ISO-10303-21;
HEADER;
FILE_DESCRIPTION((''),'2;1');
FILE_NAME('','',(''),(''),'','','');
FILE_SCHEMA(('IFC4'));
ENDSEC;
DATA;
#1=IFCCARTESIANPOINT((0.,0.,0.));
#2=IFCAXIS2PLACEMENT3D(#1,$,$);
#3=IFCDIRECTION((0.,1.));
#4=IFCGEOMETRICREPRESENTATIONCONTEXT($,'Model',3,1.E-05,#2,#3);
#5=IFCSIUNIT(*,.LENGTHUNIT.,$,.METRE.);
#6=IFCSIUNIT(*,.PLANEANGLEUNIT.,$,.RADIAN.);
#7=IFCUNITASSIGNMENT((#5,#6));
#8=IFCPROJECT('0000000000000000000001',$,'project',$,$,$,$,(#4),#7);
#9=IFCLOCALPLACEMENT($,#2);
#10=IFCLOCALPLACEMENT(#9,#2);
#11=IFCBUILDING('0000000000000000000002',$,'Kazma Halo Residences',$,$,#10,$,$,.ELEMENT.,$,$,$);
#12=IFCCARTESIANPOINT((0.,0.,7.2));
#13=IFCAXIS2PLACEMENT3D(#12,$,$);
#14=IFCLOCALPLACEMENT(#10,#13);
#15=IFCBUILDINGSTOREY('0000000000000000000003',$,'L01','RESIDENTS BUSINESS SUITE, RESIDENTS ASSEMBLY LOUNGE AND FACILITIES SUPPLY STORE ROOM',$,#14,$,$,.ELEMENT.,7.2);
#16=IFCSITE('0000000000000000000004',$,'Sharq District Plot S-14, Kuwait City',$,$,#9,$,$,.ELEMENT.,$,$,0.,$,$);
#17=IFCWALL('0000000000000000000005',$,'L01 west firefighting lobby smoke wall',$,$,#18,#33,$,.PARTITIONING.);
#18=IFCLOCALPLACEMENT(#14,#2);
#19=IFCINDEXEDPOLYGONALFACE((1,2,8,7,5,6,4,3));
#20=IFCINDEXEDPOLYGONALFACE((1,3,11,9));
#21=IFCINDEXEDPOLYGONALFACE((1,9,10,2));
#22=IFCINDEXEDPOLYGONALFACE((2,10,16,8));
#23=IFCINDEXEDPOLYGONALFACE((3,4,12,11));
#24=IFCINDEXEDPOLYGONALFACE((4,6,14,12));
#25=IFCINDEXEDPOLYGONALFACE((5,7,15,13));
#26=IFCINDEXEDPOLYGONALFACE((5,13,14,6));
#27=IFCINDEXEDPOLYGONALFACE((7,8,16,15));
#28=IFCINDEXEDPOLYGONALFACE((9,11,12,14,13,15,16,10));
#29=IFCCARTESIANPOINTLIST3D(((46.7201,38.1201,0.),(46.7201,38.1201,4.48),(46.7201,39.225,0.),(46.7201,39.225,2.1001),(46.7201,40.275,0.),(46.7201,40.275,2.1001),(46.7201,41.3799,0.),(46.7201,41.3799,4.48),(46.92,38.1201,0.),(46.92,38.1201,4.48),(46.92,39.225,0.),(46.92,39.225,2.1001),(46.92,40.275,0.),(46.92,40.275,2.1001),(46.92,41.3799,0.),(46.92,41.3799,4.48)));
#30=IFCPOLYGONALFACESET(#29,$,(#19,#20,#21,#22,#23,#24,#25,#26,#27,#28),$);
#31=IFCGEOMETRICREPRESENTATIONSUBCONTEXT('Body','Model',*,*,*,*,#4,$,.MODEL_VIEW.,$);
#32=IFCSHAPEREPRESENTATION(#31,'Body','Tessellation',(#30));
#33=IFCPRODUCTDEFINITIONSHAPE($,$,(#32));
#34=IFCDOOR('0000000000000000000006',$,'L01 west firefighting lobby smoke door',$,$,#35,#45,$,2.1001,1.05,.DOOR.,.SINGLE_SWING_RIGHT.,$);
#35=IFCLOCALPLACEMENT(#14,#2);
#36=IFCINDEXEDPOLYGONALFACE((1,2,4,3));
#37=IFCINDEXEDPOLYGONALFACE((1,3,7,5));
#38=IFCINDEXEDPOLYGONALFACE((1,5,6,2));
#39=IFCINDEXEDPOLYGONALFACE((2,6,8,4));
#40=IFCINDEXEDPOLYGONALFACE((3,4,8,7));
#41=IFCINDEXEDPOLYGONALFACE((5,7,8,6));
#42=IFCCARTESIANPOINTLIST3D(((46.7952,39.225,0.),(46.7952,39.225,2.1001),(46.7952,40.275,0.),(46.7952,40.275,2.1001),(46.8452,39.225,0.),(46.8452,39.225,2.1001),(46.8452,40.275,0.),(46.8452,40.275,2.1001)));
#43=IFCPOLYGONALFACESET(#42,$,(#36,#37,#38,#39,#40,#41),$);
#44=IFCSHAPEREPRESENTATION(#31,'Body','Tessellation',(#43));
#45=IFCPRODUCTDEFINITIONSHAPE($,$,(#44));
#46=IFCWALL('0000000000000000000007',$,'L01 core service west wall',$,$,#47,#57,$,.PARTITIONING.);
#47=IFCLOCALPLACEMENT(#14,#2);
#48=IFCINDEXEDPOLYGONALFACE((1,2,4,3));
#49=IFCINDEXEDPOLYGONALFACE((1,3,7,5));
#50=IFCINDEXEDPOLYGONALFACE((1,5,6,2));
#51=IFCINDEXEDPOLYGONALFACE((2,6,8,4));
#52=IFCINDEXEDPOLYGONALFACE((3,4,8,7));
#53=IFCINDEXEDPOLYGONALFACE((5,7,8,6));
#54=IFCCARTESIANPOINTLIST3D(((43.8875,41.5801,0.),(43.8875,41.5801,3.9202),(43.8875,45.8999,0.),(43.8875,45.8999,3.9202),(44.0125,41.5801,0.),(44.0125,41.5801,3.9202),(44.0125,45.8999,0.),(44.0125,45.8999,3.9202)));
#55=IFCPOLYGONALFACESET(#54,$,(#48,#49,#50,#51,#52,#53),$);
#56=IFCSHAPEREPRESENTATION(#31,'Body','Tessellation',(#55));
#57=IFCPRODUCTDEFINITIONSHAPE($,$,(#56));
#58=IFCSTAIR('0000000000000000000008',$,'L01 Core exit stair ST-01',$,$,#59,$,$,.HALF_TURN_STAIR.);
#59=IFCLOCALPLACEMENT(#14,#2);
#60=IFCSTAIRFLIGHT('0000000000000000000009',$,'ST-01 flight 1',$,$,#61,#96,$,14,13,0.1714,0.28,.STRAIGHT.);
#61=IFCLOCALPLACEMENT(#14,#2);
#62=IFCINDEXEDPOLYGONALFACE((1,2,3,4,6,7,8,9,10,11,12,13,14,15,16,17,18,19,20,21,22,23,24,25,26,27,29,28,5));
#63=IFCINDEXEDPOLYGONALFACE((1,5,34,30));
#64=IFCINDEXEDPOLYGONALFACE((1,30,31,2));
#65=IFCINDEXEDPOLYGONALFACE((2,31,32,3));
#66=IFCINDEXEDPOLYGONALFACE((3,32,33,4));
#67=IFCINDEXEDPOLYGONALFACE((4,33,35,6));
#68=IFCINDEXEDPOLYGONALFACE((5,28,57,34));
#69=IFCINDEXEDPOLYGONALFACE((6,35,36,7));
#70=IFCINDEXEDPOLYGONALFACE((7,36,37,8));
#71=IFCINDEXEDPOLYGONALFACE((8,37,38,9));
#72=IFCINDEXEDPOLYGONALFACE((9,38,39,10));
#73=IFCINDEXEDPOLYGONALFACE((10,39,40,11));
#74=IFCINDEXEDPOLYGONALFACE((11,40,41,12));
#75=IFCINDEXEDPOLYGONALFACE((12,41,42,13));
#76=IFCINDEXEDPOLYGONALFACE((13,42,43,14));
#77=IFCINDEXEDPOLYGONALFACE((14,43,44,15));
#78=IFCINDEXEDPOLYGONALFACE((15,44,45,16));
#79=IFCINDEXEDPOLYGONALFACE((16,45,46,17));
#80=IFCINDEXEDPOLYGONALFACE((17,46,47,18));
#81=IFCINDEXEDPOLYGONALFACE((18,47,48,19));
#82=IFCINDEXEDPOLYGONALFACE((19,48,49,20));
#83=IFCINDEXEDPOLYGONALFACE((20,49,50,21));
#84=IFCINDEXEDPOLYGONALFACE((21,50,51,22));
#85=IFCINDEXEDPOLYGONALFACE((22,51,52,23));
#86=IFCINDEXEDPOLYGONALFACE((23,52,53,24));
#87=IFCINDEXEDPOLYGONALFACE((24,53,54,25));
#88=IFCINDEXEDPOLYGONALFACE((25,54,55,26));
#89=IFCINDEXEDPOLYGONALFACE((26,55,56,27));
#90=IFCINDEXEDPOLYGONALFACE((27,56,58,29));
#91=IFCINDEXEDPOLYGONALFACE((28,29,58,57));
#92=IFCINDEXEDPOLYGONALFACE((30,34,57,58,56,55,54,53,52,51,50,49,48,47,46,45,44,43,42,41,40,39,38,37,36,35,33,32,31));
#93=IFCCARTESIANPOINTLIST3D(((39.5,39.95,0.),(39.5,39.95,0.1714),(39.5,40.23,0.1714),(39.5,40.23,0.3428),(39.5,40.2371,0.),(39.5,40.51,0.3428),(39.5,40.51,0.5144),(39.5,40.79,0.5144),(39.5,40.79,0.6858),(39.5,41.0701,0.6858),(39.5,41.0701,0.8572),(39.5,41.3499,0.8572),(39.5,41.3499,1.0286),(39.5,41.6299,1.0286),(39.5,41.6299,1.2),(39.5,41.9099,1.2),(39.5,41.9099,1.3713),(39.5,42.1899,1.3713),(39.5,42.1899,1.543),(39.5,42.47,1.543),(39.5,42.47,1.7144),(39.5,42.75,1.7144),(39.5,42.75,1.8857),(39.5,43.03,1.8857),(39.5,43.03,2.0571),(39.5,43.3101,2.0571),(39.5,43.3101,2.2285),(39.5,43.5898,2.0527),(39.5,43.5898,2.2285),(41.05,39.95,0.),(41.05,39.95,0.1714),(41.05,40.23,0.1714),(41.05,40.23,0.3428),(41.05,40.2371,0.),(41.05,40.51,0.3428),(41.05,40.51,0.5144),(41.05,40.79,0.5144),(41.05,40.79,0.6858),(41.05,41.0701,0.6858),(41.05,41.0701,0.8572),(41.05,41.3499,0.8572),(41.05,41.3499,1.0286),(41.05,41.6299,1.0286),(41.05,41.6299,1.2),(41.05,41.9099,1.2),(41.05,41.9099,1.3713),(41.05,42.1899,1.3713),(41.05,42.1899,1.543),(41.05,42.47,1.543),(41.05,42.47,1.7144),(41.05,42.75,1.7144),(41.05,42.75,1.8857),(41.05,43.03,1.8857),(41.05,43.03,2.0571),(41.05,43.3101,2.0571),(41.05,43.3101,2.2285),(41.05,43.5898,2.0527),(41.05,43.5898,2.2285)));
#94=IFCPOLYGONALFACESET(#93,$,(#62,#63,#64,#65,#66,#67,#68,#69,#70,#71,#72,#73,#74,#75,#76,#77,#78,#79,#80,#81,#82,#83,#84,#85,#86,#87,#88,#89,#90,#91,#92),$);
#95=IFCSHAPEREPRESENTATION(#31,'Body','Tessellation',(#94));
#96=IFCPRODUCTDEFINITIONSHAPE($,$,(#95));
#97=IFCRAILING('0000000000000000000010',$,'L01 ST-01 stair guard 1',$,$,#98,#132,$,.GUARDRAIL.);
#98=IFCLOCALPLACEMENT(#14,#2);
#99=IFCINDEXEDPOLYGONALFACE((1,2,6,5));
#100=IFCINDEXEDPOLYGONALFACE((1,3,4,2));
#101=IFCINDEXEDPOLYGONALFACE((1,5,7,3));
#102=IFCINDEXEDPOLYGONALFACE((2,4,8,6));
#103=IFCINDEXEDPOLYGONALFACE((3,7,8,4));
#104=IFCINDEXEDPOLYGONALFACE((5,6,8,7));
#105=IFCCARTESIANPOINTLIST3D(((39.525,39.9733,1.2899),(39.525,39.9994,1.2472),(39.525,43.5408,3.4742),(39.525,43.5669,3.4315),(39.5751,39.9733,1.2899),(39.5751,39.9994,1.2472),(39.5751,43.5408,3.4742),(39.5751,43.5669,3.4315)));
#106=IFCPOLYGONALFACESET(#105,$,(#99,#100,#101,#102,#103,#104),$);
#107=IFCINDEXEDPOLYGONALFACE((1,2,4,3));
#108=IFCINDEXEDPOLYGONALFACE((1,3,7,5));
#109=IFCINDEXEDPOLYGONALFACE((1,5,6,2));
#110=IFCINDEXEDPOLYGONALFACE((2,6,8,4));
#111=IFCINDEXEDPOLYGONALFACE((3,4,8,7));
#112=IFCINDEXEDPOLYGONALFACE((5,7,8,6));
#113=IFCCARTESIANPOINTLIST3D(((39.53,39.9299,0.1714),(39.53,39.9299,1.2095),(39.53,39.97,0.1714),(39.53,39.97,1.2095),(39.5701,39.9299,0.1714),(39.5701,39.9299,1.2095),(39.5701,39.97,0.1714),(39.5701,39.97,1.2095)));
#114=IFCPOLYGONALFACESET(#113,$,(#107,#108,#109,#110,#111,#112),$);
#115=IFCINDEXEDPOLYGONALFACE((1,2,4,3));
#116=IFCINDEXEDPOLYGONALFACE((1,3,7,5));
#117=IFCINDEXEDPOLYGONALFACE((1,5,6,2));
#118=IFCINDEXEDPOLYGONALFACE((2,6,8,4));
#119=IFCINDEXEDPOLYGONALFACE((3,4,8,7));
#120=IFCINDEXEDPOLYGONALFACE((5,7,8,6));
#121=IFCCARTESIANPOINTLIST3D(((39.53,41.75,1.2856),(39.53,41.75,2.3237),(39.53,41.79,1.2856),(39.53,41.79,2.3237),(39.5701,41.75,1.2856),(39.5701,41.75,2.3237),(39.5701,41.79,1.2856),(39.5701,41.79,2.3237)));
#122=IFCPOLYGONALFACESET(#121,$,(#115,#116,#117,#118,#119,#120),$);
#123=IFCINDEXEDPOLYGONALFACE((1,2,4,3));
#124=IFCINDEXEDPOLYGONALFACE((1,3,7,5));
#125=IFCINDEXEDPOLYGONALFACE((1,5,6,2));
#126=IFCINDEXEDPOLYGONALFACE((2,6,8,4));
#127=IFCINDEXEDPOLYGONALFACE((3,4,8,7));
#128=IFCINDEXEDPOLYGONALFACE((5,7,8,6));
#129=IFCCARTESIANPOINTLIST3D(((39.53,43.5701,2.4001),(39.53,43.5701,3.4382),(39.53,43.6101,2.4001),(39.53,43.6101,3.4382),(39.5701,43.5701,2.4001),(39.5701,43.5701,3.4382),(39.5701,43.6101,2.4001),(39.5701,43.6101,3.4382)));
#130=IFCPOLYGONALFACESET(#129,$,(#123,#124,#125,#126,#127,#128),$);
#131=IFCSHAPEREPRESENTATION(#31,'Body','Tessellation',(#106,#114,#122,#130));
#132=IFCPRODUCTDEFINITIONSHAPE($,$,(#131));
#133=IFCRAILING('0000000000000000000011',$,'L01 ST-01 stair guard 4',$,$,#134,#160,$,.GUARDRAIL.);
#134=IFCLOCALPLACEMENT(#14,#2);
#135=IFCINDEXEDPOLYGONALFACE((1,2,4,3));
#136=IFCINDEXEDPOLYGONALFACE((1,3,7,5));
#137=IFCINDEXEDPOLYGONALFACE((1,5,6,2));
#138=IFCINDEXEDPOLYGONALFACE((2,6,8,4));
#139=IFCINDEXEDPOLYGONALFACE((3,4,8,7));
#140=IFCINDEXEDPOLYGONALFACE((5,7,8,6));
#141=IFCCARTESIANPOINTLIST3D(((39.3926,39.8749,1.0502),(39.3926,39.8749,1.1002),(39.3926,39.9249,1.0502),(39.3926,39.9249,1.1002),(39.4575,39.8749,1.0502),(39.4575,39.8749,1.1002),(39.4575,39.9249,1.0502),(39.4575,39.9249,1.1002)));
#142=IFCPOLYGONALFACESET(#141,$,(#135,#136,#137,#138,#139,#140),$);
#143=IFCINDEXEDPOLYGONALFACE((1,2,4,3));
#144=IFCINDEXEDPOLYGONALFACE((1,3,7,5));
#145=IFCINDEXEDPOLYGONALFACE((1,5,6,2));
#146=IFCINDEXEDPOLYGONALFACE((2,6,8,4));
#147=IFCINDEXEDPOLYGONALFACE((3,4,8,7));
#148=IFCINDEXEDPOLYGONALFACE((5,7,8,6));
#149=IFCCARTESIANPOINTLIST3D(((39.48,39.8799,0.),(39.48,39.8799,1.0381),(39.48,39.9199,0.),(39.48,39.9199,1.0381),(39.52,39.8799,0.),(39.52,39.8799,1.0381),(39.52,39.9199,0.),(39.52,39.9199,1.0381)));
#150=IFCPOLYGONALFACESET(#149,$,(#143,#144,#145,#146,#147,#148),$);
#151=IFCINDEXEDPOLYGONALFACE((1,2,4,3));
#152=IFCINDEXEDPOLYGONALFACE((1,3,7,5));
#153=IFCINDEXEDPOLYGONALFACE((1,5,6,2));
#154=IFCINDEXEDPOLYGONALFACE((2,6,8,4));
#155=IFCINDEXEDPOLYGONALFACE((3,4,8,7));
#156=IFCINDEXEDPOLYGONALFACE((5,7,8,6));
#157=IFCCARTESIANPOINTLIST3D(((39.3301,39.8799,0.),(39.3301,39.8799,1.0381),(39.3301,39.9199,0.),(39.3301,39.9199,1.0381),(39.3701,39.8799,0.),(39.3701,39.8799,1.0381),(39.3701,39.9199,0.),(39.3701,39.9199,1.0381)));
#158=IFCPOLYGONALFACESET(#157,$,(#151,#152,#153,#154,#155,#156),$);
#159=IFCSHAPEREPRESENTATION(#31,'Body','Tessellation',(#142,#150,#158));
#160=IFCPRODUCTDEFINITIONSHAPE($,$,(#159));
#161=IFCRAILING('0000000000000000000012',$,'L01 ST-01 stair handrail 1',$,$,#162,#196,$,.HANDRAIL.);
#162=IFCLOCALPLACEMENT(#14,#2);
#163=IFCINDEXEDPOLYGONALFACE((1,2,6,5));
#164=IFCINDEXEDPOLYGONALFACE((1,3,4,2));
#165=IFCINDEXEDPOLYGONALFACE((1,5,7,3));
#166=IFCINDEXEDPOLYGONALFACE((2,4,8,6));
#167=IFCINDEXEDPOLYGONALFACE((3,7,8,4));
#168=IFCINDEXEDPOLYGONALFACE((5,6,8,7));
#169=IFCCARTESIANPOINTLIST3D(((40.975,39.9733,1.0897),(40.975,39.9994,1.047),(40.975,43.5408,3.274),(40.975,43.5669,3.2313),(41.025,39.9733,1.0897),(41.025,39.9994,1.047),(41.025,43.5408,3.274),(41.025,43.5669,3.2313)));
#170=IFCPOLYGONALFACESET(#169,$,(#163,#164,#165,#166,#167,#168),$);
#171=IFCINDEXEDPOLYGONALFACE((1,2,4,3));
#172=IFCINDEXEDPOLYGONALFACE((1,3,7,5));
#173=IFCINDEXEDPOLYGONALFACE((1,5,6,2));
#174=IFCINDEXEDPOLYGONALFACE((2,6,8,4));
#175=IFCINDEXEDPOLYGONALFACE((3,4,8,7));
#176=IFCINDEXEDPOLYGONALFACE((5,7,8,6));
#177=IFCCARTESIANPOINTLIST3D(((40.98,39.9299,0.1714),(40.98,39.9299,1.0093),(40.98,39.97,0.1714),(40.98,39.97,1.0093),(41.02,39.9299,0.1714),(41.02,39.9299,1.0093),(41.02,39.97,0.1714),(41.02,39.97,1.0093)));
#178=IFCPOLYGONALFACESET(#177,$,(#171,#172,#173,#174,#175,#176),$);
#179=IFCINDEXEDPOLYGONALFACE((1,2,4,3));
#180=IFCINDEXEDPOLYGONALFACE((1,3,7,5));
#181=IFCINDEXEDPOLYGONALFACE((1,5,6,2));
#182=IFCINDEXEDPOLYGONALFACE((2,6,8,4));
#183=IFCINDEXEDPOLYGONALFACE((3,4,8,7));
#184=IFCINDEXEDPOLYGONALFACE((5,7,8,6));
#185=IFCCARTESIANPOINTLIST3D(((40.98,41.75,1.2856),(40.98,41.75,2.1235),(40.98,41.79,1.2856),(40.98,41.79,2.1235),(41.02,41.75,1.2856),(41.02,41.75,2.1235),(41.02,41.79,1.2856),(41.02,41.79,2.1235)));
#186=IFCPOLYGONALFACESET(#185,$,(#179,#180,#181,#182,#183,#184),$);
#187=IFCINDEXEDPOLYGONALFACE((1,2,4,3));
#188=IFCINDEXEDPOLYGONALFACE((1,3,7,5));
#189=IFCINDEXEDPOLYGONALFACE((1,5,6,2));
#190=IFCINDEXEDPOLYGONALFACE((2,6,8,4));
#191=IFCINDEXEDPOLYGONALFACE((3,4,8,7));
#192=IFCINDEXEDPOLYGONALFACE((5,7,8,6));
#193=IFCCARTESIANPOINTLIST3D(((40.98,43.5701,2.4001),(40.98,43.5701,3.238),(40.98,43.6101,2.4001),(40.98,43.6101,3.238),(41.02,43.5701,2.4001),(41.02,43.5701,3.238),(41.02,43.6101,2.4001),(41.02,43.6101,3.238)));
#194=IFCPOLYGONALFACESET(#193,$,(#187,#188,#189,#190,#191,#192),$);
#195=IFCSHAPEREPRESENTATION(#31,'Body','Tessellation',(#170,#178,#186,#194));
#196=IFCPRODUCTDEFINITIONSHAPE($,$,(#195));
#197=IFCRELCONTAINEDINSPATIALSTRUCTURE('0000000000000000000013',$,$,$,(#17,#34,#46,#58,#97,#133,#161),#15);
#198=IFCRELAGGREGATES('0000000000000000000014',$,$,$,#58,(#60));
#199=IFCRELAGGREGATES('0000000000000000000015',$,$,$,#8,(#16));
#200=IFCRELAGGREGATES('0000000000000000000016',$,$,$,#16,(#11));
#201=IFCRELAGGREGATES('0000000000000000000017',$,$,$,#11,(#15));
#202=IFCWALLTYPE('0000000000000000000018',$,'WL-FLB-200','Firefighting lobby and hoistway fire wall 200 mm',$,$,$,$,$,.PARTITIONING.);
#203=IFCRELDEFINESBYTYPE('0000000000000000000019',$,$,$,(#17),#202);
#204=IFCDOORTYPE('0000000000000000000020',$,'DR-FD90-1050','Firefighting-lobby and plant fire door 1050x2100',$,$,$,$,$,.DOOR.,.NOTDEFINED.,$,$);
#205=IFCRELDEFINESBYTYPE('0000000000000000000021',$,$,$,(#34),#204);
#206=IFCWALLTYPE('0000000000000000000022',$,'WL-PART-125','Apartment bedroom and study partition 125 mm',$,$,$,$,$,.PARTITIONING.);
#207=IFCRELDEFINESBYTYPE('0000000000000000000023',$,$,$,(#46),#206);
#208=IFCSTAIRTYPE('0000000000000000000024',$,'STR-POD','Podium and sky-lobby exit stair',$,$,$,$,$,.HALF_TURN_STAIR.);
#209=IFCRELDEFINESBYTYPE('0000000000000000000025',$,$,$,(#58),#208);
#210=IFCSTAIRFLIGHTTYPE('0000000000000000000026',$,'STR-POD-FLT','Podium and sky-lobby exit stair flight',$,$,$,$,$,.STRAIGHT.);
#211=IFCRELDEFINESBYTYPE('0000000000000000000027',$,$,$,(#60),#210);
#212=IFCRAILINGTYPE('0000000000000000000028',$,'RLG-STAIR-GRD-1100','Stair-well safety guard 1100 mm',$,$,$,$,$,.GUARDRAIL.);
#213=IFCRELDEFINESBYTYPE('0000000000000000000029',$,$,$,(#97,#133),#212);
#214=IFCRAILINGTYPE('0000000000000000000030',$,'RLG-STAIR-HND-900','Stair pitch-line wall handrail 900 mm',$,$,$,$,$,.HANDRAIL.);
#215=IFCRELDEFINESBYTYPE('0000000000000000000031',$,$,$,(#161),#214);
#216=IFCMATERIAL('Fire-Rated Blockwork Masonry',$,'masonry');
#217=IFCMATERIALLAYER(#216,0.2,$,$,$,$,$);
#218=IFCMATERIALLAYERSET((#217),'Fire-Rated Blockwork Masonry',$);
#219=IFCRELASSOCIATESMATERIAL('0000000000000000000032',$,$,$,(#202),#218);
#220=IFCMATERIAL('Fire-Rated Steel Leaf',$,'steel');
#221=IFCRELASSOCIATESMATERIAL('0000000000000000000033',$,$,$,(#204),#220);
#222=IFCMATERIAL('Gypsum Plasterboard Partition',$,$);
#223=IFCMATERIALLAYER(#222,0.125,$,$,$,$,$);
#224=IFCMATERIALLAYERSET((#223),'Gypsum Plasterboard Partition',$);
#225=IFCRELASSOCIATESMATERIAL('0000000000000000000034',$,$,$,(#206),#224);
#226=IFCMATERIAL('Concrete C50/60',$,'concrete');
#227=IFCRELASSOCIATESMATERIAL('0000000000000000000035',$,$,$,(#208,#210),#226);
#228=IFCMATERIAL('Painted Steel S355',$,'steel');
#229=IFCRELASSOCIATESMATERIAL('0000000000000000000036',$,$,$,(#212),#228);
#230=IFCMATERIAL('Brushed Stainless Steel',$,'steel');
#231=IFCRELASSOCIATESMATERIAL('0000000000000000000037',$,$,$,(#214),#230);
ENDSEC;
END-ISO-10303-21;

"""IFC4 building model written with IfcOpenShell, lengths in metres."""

from ifc_helpers import new_model, si_unit, direction, frame, frame_2d, origin, origin_2d, place, context, subcontext, project, spatial, polyline, rectangle, outline, extrude, material, layer, layer_set, type_object, element, fill, aggregate, save


model = new_model("IFC4")

# Units and contexts
model_context = context("Model", 3, precision=1e-05, world=origin(), true_north=direction((0.0, 1.0)))
body_context = subcontext(model_context, "Body", "Model", "MODEL_VIEW")
ifc_project = project(units=[si_unit("LENGTHUNIT", "METRE"), si_unit("PLANEANGLEUNIT", "RADIAN")], contexts=[model_context])

# Site, building, storey
site_placement = place(None, origin())
site = spatial("IfcSite", under=ifc_project, at=site_placement, Name="Sharq District Plot S-14, Kuwait City", CompositionType="ELEMENT", RefElevation=0.0)
building_placement = place(site_placement, origin())
building = spatial("IfcBuilding", under=site, at=building_placement, Name="Kazma Halo Residences", CompositionType="ELEMENT")
storey_placement = place(building_placement, frame((0.0, 0.0, 7.2)))
storey = spatial("IfcBuildingStorey", under=building, at=storey_placement, Name="L01", Description="RESIDENTS BUSINESS SUITE, RESIDENTS ASSEMBLY LOUNGE AND FACILITIES SUPPLY STORE ROOM", CompositionType="ELEMENT", Elevation=7.2)

# Shared definitions
ifc_material_1 = material(Name="Fire-Rated Blockwork Masonry", Category="masonry")
ifc_layer_1 = layer(ifc_material_1, 0.2)
ifc_layer_set_1 = layer_set([ifc_layer_1], Name="Fire-Rated Blockwork Masonry")
wall_type_1 = type_object("IfcWallType", Name="WL-FLB-200", Description="Firefighting lobby and hoistway fire wall 200 mm", PredefinedType="PARTITIONING", material=ifc_layer_set_1)

# Wall, opening, door
wall_1_placement = place(storey_placement, frame((46.8201, 38.1201, 0.0), z_axis=(0.0, 0.0, 1.0), x_axis=(0.0, 1.0, 0.0)))
wall_1 = element("IfcWall", 1, at=wall_1_placement, inside=storey, type_object=wall_type_1, Name="L01 west firefighting lobby smoke wall", PredefinedType="PARTITIONING", context=body_context, shape_type="SweptSolid", body=[
    extrude(rectangle(XDim=3.2598, YDim=0.2, at=frame_2d((1.6299, 0.0))), origin(), (0.0, 0.0, 1.0), 4.48),
])
opening_1_placement = place(wall_1_placement, frame((1.105, 0.0, 0.0)))
opening_1 = element("IfcOpeningElement", 2, at=opening_1_placement, cuts=wall_1, PredefinedType="OPENING", context=body_context, shape_type="SweptSolid", body=[
    extrude(rectangle(XDim=1.05, YDim=2.1001, at=frame_2d((0.5249, 1.05))), frame((0.0, 0.1099, 0.0), z_axis=(0.0, -1.0, 0.0), x_axis=(1.0, 0.0, 0.0)), (0.0, 0.0, 1.0), 0.22),
])
ifc_material_2 = material(Name="Fire-Rated Steel Leaf", Category="steel")
door_type_1 = type_object("IfcDoorType", Name="DR-FD90-1050", Description="Firefighting-lobby and plant fire door 1050x2100", OperationType="NOTDEFINED", PredefinedType="DOOR", material=ifc_material_2)
door_1_placement = place(opening_1_placement, origin())
door_1 = element("IfcDoor", 3, at=door_1_placement, inside=storey, type_object=door_type_1, Name="L01 west firefighting lobby smoke door", OperationType="SINGLE_SWING_RIGHT", OverallHeight=2.1001, OverallWidth=1.05, PredefinedType="DOOR", context=body_context, shape_type="SweptSolid", body=[
    extrude(rectangle(XDim=1.05, YDim=2.1001, at=frame_2d((0.5249, 1.05))), frame((0.0, 0.0249, 0.0), z_axis=(0.0, -1.0, 0.0), x_axis=(1.0, 0.0, 0.0)), (0.0, 0.0, 1.0), 0.05),
])
fill(opening_1, door_1)

# Wall
ifc_material_3 = material(Name="Gypsum Plasterboard Partition")
ifc_layer_2 = layer(ifc_material_3, 0.125)
ifc_layer_set_2 = layer_set([ifc_layer_2], Name="Gypsum Plasterboard Partition")
wall_type_2 = type_object("IfcWallType", Name="WL-PART-125", Description="Apartment bedroom and study partition 125 mm", PredefinedType="PARTITIONING", material=ifc_layer_set_2)
wall_2_placement = place(storey_placement, frame((43.95, 41.5801, 0.0), z_axis=(0.0, 0.0, 1.0), x_axis=(0.0, 1.0, 0.0)))
element("IfcWall", 4, at=wall_2_placement, inside=storey, type_object=wall_type_2, Name="L01 core service west wall", PredefinedType="PARTITIONING", context=body_context, shape_type="SweptSolid", body=[
    extrude(rectangle(XDim=4.3198, YDim=0.125, at=frame_2d((2.1599, 0.0))), origin(), (0.0, 0.0, 1.0), 3.9202),
])

# Shared definitions
ifc_material_4 = material(Name="Concrete C50/60", Category="concrete")

# Stair, stair flight
stair_type = type_object("IfcStairType", Name="STR-POD", Description="Podium and sky-lobby exit stair", PredefinedType="HALF_TURN_STAIR", material=ifc_material_4)
stair_placement = place(storey_placement, origin())
stair = element("IfcStair", 5, at=stair_placement, inside=storey, type_object=stair_type, Name="L01 Core exit stair ST-01", PredefinedType="HALF_TURN_STAIR")
stair_flight_type = type_object("IfcStairFlightType", Name="STR-POD-FLT", Description="Podium and sky-lobby exit stair flight", PredefinedType="STRAIGHT", material=ifc_material_4)
stair_flight_placement = place(storey_placement, frame((40.2749, 39.95, 0.0), z_axis=(0.0, 0.0, 1.0), x_axis=(0.0, 1.0, 0.0)))
stair_flight = element("IfcStairFlight", 6, at=stair_flight_placement, type_object=stair_flight_type, Name="ST-01 flight 1", NumberOfRisers=14, NumberOfTreads=13, PredefinedType="STRAIGHT", RiserHeight=0.1714, TreadLength=0.28, context=body_context, shape_type="SweptSolid", body=[
    extrude(outline(polyline([(0.0, 0.0), (0.0, 0.1714), (0.28, 0.1714), (0.28, 0.3428), (0.5601, 0.3428), (0.5601, 0.5144), (0.8401, 0.5144), (0.8401, 0.6858), (1.1201, 0.6858), (1.1201, 0.8572), (1.3999, 0.8572), (1.3999, 1.0286), (1.6799, 1.0286), (1.6799, 1.2), (1.96, 1.2), (1.96, 1.3713), (2.24, 1.3713), (2.24, 1.543), (2.52, 1.543), (2.52, 1.7144), (2.8, 1.7144), (2.8, 1.8857), (3.0801, 1.8857), (3.0801, 2.0571), (3.3601, 2.0571), (3.3601, 2.2285), (3.6399, 2.2285), (3.6399, 2.3999), (3.6399, 2.0527), (0.2871, 0.0), (0.0, 0.0)])), frame((0.0, 0.7749, 0.0), z_axis=(0.0, -1.0, 0.0), x_axis=(1.0, 0.0, 0.0)), (0.0, 0.0, 1.0), 1.55),
])
aggregate(stair, [stair_flight])

# Railings
ifc_material_5 = material(Name="Painted Steel S355", Category="steel")
railing_type_1 = type_object("IfcRailingType", Name="RLG-STAIR-GRD-1100", Description="Stair-well safety guard 1100 mm", PredefinedType="GUARDRAIL", material=ifc_material_5)
railing_1_placement = place(storey_placement, frame((39.55, 39.95, 0.1714)))
element("IfcRailing", 7, at=railing_1_placement, inside=storey, type_object=railing_type_1, Name="L01 ST-01 stair guard 1", PredefinedType="GUARDRAIL", context=body_context, shape_type="SweptSolid", body=[
    extrude(rectangle(XDim=0.05, YDim=0.05, at=origin_2d()), frame((0.0, 0.0364, 1.0972), z_axis=(0.0, 0.85284, 0.522172), x_axis=(-1.0, 0.0, 0.0)), (0.0, 0.0, 1.0), 4.1831),
    extrude(rectangle(XDim=0.04, YDim=0.04, at=origin_2d()), origin(), (0.0, 0.0, 1.0), 1.0381),
    extrude(rectangle(XDim=0.04, YDim=0.04, at=origin_2d()), frame((0.0, 1.8201, 1.1143)), (0.0, 0.0, 1.0), 1.0381),
    extrude(rectangle(XDim=0.04, YDim=0.04, at=origin_2d()), frame((0.0, 3.6401, 2.2288)), (0.0, 0.0, 1.0), 1.0381),
])
railing_2_placement = place(storey_placement, frame((39.5, 39.8999, 0.0)))
element("IfcRailing", 8, at=railing_2_placement, inside=storey, type_object=railing_type_1, Name="L01 ST-01 stair guard 4", PredefinedType="GUARDRAIL", context=body_context, shape_type="SweptSolid", body=[
    extrude(rectangle(XDim=0.05, YDim=0.05, at=origin_2d()), frame((-0.0425, 0.0, 1.0752), z_axis=(-1.0, 0.0, 0.0), x_axis=(0.0, -1.0, 0.0)), (0.0, 0.0, 1.0), 0.0649),
    extrude(rectangle(XDim=0.04, YDim=0.04, at=origin_2d()), origin(), (0.0, 0.0, 1.0), 1.0381),
    extrude(rectangle(XDim=0.04, YDim=0.04, at=origin_2d()), frame((-0.1499, 0.0, 0.0)), (0.0, 0.0, 1.0), 1.0381),
])
ifc_material_6 = material(Name="Brushed Stainless Steel", Category="steel")
railing_type_2 = type_object("IfcRailingType", Name="RLG-STAIR-HND-900", Description="Stair pitch-line wall handrail 900 mm", PredefinedType="HANDRAIL", material=ifc_material_6)
railing_3_placement = place(storey_placement, frame((41.0, 39.95, 0.1714)))
element("IfcRailing", 9, at=railing_3_placement, inside=storey, type_object=railing_type_2, Name="L01 ST-01 stair handrail 1", PredefinedType="HANDRAIL", context=body_context, shape_type="SweptSolid", body=[
    extrude(rectangle(XDim=0.05, YDim=0.05, at=origin_2d()), frame((0.0, 0.0364, 0.897), z_axis=(0.0, 0.85284, 0.522172), x_axis=(-1.0, 0.0, 0.0)), (0.0, 0.0, 1.0), 4.1831),
    extrude(rectangle(XDim=0.04, YDim=0.04, at=origin_2d()), origin(), (0.0, 0.0, 1.0), 0.8379),
    extrude(rectangle(XDim=0.04, YDim=0.04, at=origin_2d()), frame((0.0, 1.8201, 1.1143)), (0.0, 0.0, 1.0), 0.8379),
    extrude(rectangle(XDim=0.04, YDim=0.04, at=origin_2d()), frame((0.0, 3.6401, 2.2288)), (0.0, 0.0, 1.0), 0.8379),
])

save(model, "model.ifc")
